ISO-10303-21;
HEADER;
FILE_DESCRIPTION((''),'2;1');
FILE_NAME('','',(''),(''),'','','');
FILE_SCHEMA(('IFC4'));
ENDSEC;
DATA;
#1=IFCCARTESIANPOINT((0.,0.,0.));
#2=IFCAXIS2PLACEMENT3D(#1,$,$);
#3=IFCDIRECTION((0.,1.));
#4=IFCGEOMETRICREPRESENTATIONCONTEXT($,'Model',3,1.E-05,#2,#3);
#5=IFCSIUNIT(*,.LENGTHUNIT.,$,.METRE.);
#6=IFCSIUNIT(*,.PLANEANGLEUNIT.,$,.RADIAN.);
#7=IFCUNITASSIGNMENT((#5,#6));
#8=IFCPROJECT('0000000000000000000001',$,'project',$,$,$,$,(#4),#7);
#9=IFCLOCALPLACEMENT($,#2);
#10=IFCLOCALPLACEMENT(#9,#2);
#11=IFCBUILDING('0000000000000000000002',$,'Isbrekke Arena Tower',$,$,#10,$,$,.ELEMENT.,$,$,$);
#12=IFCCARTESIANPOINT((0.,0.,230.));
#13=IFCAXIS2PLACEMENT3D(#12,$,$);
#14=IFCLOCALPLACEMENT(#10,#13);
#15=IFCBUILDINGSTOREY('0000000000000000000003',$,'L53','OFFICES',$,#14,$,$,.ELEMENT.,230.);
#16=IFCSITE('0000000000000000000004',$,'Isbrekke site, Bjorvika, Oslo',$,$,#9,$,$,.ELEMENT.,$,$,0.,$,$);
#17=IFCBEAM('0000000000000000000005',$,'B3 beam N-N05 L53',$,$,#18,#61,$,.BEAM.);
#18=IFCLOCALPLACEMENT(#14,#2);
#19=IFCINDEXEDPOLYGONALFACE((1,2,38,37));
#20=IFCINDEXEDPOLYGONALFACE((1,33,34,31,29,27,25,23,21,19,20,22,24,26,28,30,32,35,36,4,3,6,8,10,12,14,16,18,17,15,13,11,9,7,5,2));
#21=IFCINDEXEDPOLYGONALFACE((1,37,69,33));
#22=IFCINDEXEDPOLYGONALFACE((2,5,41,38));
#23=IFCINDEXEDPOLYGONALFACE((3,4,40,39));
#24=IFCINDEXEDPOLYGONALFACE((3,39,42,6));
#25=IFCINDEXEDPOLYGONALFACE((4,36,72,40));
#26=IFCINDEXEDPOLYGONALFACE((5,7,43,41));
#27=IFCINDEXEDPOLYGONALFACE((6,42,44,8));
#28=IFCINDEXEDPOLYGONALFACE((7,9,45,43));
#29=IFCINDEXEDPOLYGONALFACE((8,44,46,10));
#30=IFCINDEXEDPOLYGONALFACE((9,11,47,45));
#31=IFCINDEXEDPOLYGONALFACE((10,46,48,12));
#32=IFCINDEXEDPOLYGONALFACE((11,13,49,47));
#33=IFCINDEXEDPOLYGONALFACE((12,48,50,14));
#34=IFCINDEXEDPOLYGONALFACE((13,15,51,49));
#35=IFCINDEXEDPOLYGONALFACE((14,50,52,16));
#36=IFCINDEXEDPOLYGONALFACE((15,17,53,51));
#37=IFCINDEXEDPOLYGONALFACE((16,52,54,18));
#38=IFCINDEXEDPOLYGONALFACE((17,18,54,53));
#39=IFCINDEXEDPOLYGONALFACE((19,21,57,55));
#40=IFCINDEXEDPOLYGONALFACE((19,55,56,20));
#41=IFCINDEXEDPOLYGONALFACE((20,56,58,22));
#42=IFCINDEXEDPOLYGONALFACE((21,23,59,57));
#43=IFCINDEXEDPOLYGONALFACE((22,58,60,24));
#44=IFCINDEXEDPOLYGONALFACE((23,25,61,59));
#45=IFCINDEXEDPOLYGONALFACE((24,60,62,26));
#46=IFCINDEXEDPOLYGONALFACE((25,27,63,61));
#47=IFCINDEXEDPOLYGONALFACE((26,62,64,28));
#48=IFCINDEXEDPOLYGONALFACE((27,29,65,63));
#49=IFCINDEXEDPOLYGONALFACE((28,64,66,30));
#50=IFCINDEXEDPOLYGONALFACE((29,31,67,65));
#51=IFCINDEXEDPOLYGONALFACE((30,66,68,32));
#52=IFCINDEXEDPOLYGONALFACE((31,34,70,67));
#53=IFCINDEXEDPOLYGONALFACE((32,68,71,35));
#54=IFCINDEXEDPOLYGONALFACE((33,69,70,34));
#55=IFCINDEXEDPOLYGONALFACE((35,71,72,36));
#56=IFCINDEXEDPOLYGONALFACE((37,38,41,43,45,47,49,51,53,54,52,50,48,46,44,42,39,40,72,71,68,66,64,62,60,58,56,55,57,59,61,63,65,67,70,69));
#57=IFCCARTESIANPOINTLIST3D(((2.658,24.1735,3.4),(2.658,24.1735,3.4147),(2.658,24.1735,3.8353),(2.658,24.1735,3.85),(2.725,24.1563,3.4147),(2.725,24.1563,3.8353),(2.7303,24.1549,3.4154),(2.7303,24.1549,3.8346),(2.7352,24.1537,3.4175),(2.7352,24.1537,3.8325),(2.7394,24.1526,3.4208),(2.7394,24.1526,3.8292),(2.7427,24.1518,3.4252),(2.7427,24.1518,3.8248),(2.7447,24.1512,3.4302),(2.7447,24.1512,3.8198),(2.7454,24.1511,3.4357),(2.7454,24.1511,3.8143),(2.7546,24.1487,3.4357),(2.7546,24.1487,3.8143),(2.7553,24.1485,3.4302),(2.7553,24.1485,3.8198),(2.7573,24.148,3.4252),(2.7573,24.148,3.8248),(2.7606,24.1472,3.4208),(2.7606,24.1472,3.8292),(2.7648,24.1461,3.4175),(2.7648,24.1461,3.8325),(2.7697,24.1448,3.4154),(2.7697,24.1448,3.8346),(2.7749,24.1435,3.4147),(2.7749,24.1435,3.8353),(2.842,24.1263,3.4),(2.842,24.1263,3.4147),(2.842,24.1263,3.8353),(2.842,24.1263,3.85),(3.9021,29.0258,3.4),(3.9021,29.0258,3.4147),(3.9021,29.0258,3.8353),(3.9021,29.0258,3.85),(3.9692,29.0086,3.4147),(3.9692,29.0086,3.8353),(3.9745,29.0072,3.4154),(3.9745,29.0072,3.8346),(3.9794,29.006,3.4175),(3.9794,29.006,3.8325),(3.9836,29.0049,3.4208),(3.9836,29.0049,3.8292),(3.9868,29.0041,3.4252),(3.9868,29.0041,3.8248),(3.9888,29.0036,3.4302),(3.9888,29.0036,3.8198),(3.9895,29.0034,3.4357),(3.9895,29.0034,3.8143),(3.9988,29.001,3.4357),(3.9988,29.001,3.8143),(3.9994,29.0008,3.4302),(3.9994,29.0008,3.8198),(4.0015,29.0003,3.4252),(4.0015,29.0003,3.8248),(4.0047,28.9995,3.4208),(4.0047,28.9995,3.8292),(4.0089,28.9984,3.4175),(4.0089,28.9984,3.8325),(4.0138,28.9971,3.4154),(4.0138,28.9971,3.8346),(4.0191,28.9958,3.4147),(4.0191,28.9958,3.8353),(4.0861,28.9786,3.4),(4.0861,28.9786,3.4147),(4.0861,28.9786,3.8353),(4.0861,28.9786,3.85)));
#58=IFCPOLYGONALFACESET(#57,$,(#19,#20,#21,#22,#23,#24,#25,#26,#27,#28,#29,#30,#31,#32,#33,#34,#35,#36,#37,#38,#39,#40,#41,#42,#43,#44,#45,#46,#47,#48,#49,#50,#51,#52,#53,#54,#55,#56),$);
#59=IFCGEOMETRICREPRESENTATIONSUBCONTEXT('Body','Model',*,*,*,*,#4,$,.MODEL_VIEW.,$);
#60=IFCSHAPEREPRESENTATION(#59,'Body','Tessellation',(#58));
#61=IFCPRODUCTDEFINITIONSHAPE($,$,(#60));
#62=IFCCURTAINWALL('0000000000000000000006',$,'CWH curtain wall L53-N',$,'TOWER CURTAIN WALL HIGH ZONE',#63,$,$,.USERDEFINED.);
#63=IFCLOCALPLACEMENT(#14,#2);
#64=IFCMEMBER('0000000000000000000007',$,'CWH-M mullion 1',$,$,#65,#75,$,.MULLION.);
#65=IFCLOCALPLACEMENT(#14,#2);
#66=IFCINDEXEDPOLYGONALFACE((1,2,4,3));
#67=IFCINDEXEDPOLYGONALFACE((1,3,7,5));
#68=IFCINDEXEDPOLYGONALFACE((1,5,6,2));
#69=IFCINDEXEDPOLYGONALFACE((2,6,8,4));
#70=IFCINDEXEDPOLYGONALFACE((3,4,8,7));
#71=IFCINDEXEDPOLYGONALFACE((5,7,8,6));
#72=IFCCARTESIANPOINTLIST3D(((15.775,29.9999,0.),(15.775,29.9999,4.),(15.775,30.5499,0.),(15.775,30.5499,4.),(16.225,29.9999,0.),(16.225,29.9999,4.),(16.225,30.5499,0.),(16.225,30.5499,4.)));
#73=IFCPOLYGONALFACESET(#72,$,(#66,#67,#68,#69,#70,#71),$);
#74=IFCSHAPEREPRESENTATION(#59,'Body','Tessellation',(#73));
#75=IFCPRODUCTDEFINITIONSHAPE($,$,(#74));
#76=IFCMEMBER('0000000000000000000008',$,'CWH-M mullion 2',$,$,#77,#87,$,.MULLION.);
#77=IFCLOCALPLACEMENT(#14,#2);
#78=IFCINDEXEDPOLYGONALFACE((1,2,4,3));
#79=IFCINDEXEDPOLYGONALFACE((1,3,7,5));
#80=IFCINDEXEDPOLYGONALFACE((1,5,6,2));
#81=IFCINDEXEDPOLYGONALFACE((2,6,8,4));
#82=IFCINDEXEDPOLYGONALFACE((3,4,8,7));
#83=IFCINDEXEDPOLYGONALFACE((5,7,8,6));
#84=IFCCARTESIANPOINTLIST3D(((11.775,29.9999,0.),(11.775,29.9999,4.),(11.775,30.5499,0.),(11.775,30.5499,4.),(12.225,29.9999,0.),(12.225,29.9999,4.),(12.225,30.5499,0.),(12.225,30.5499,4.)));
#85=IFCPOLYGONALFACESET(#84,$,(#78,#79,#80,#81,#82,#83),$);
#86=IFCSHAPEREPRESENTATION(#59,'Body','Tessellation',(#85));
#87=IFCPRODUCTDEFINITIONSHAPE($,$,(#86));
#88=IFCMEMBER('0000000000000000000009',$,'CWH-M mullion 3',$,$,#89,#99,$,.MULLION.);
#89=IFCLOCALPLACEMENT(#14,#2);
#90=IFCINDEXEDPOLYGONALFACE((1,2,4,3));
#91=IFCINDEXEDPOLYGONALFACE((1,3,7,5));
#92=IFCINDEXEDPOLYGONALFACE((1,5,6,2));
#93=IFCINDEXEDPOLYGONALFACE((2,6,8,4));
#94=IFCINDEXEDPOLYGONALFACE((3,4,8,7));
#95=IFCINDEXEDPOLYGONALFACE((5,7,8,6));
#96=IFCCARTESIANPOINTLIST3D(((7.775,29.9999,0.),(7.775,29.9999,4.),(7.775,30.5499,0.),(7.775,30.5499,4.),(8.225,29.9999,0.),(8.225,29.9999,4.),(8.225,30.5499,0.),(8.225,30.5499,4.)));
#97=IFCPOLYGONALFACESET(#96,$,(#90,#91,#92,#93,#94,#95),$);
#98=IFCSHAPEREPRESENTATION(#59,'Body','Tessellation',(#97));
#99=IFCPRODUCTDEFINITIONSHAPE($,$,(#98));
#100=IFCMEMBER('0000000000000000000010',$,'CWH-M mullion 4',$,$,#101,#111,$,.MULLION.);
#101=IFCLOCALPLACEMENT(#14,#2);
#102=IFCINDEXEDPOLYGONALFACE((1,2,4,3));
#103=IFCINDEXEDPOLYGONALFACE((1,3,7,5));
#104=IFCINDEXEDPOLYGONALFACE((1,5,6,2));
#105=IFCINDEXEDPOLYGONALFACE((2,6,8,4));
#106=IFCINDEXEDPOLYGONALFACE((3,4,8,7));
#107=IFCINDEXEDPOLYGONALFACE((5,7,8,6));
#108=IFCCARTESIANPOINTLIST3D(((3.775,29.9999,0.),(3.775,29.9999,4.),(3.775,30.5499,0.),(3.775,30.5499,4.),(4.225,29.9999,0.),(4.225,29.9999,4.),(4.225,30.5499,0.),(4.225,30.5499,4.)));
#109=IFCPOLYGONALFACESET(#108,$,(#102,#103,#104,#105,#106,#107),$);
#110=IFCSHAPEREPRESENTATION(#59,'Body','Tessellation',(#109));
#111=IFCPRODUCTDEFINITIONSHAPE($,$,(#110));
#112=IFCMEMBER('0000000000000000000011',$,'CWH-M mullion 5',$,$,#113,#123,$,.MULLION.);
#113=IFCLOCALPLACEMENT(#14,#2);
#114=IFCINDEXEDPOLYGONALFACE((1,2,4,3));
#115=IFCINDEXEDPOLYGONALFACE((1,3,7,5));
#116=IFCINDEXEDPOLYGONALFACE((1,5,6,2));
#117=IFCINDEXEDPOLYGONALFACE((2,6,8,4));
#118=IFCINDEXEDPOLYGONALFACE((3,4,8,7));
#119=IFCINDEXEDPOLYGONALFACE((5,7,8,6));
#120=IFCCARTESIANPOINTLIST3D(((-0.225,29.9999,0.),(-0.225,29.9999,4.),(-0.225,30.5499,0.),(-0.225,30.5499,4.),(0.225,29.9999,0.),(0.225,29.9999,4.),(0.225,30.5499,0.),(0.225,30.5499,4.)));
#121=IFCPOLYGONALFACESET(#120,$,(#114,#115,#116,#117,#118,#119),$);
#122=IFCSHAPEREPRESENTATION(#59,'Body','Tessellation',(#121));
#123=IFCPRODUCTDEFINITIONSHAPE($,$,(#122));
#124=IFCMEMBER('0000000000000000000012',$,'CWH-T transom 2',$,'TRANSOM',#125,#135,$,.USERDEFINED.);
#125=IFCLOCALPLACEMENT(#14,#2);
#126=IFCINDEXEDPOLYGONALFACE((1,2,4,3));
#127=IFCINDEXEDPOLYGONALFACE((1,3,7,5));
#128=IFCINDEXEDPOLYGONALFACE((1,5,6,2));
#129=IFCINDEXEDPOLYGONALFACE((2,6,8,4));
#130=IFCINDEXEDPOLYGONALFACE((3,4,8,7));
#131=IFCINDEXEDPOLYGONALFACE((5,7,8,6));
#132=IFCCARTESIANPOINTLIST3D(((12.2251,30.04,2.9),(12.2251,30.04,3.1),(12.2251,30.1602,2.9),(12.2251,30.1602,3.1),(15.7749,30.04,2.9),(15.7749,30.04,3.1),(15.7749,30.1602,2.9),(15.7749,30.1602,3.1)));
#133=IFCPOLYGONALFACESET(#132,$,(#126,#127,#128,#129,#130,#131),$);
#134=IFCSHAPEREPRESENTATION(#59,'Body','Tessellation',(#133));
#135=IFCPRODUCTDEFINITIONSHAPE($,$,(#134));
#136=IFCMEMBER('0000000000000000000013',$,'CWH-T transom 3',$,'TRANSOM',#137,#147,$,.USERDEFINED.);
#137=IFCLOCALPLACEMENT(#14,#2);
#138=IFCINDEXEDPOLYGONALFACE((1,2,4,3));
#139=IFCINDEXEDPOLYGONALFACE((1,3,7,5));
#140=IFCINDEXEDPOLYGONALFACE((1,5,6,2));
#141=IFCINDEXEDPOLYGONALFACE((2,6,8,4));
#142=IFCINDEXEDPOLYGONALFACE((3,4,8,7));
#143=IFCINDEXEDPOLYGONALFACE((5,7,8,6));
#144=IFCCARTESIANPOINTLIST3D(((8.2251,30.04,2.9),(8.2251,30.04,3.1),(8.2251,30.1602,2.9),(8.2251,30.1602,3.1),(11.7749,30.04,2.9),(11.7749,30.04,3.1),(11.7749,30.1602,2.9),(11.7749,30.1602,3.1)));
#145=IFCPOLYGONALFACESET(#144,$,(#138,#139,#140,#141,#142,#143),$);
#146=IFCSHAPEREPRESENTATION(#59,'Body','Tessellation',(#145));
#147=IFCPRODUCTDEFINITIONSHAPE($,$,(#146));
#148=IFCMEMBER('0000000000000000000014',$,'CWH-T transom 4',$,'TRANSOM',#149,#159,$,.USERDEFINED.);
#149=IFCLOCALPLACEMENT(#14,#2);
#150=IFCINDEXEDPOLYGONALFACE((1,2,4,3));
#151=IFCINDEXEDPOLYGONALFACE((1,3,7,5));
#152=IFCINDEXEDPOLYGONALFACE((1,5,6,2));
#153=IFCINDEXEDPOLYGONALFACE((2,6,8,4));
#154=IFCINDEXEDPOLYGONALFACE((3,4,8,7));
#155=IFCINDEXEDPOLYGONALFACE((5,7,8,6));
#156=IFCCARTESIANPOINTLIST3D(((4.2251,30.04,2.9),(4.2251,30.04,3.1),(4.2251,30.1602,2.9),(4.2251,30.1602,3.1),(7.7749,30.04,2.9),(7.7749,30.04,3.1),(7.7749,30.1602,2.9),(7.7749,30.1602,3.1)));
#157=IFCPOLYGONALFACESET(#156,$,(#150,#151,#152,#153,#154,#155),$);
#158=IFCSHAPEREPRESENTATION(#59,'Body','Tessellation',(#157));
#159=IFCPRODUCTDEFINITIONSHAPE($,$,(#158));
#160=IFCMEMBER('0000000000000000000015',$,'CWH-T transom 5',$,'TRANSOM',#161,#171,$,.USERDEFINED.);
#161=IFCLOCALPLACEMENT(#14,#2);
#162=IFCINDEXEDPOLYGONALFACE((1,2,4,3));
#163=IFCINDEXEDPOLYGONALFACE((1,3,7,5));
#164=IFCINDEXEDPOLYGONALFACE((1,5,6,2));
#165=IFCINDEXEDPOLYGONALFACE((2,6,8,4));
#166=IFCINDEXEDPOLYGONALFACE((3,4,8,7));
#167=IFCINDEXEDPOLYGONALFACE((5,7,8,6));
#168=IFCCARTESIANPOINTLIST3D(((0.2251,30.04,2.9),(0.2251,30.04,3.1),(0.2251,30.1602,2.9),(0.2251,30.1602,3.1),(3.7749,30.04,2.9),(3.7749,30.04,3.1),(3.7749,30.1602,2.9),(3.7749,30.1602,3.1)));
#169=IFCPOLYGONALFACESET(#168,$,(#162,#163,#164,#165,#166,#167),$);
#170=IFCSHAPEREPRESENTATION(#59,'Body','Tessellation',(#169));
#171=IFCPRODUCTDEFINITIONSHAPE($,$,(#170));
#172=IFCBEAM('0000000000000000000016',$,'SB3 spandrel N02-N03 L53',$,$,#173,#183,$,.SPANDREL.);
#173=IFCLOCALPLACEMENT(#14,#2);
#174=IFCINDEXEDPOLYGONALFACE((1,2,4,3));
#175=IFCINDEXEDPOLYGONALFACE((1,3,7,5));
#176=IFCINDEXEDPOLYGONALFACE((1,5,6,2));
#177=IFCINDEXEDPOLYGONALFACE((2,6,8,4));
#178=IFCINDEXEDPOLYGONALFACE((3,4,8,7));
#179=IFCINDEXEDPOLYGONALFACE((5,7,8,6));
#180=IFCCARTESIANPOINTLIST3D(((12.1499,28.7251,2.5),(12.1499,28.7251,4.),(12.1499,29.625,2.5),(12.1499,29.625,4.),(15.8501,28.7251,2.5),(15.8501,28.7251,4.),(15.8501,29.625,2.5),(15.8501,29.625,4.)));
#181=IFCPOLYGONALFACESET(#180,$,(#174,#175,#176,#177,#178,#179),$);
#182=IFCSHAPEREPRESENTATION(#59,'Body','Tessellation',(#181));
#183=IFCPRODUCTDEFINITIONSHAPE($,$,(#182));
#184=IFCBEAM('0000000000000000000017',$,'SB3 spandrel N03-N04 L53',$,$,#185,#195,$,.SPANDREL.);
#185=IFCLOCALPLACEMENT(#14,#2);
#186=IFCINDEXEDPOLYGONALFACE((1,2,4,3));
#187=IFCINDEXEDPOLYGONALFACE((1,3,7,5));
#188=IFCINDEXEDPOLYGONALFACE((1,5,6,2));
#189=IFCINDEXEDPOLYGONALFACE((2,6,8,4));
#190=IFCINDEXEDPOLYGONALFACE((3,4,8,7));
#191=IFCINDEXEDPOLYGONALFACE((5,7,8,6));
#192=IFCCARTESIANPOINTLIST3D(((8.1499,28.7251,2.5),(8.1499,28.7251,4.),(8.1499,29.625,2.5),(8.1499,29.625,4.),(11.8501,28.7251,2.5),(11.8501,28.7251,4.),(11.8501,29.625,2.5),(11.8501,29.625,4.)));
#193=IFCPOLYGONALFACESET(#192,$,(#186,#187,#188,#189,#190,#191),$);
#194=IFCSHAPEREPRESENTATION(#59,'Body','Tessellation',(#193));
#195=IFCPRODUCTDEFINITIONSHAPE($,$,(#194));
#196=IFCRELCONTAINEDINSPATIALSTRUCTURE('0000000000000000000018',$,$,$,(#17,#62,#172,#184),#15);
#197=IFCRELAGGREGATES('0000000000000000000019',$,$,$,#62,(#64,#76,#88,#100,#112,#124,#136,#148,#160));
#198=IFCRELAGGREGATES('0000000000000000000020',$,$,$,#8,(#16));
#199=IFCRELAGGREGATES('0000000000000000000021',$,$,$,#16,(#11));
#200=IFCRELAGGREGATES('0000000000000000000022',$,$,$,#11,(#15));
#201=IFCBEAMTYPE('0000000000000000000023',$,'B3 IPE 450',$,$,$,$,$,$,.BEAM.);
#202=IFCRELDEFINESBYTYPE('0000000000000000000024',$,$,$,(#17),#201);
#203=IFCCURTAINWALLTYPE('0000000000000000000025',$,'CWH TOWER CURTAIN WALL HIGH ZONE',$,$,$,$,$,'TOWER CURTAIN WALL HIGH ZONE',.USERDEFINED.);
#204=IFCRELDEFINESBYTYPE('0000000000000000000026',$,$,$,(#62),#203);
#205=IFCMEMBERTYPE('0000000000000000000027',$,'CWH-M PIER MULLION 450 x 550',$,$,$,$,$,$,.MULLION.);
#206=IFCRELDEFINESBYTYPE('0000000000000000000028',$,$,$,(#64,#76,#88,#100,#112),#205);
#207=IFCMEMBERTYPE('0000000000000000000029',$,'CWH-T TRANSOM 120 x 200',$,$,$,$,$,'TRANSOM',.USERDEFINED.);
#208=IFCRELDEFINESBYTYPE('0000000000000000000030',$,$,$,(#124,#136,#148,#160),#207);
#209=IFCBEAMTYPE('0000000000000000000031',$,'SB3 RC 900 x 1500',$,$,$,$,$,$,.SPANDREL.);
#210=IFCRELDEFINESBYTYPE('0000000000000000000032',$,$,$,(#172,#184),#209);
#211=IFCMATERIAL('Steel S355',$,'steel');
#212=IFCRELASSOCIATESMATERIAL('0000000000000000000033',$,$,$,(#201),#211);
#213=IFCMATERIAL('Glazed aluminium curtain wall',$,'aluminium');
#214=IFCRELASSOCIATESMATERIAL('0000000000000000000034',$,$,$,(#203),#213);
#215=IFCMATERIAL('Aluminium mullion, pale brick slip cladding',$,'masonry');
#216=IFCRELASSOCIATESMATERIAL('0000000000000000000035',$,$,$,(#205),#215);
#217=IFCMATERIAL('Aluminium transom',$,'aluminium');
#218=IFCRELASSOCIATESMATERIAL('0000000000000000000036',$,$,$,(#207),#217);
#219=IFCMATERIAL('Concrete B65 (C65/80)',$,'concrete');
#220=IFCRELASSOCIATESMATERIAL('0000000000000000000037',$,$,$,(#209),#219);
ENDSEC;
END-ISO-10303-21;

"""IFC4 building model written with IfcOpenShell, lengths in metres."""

from ifc_helpers import new_model, si_unit, direction, frame, origin, origin_2d, place, context, subcontext, project, spatial, rectangle, i_section, extrude, material, material_profile, profile_set, type_object, element, aggregate, save


model = new_model("IFC4")

# Units and contexts
model_context = context("Model", 3, precision=1e-05, world=origin(), true_north=direction((0.0, 1.0)))
body_context = subcontext(model_context, "Body", "Model", "MODEL_VIEW")
ifc_project = project(units=[si_unit("LENGTHUNIT", "METRE"), si_unit("PLANEANGLEUNIT", "RADIAN")], contexts=[model_context])

# Site, building, storey
site_placement = place(None, origin())
site = spatial("IfcSite", under=ifc_project, at=site_placement, Name="Isbrekke site, Bjorvika, Oslo", CompositionType="ELEMENT", RefElevation=0.0)
building_placement = place(site_placement, origin())
building = spatial("IfcBuilding", under=site, at=building_placement, Name="Isbrekke Arena Tower", CompositionType="ELEMENT")
storey_placement = place(building_placement, frame((0.0, 0.0, 230.0)))
storey = spatial("IfcBuildingStorey", under=building, at=storey_placement, Name="L53", Description="OFFICES", CompositionType="ELEMENT", Elevation=230.0)

# Beam
ifc_material_1 = material(Name="Steel S355", Category="steel")
ifc_material_profile_1 = material_profile(ifc_material_1, i_section(OverallWidth=0.1899, OverallDepth=0.45, WebThickness=0.0095, FlangeThickness=0.0146, FilletRadius=0.021, at=origin_2d()), Name="IPE 450")
ifc_profile_set_1 = profile_set([ifc_material_profile_1], Name="Steel S355")
beam_type_1 = type_object("IfcBeamType", Name="B3 IPE 450", PredefinedType="BEAM", material=ifc_profile_set_1)
beam_1_placement = place(storey_placement, frame((3.9941, 29.0022, 3.625), z_axis=(-0.248368, -0.968666, 0.0), x_axis=(0.968666, -0.248368, 0.0)))
element("IfcBeam", 1, at=beam_1_placement, inside=storey, type_object=beam_type_1, Name="B3 beam N-N05 L53", PredefinedType="BEAM", context=body_context, shape_type="SweptSolid", body=[
    extrude(i_section(OverallWidth=0.1899, OverallDepth=0.45, WebThickness=0.0095, FlangeThickness=0.0146, FilletRadius=0.021, at=origin_2d()), origin(), (0.0, 0.0, 1.0), 5.0093),
])

# Curtain wall, members
ifc_material_2 = material(Name="Glazed aluminium curtain wall", Category="aluminium")
curtain_wall_type = type_object("IfcCurtainWallType", Name="CWH TOWER CURTAIN WALL HIGH ZONE", ElementType="TOWER CURTAIN WALL HIGH ZONE", PredefinedType="USERDEFINED", material=ifc_material_2)
curtain_wall_placement = place(storey_placement, origin())
curtain_wall = element("IfcCurtainWall", 2, at=curtain_wall_placement, inside=storey, type_object=curtain_wall_type, Name="CWH curtain wall L53-N", ObjectType="TOWER CURTAIN WALL HIGH ZONE", PredefinedType="USERDEFINED")
ifc_material_3 = material(Name="Aluminium mullion, pale brick slip cladding", Category="masonry")
ifc_material_profile_2 = material_profile(ifc_material_3, rectangle(XDim=0.45, YDim=0.55, at=origin_2d()), Name="PIER 450X550")
ifc_profile_set_2 = profile_set([ifc_material_profile_2], Name="Aluminium mullion, pale brick slip cladding")
member_type_1 = type_object("IfcMemberType", Name="CWH-M PIER MULLION 450 x 550", PredefinedType="MULLION", material=ifc_profile_set_2)
member_1_placement = place(storey_placement, frame((16.0, 30.2749, 0.0), z_axis=(0.0, 0.0, 1.0), x_axis=(-1.0, 0.0, 0.0)))
member_1 = element("IfcMember", 3, at=member_1_placement, type_object=member_type_1, Name="CWH-M mullion 1", PredefinedType="MULLION", context=body_context, shape_type="SweptSolid", body=[
    extrude(rectangle(XDim=0.45, YDim=0.55, at=origin_2d()), origin(), (0.0, 0.0, 1.0), 4.0),
])
member_2_placement = place(storey_placement, frame((12.0, 30.2749, 0.0), z_axis=(0.0, 0.0, 1.0), x_axis=(-1.0, 0.0, 0.0)))
member_2 = element("IfcMember", 4, at=member_2_placement, type_object=member_type_1, Name="CWH-M mullion 2", PredefinedType="MULLION", context=body_context, shape_type="SweptSolid", body=[
    extrude(rectangle(XDim=0.45, YDim=0.55, at=origin_2d()), origin(), (0.0, 0.0, 1.0), 4.0),
])
member_3_placement = place(storey_placement, frame((8.0, 30.2749, 0.0), z_axis=(0.0, 0.0, 1.0), x_axis=(-1.0, 0.0, 0.0)))
member_3 = element("IfcMember", 5, at=member_3_placement, type_object=member_type_1, Name="CWH-M mullion 3", PredefinedType="MULLION", context=body_context, shape_type="SweptSolid", body=[
    extrude(rectangle(XDim=0.45, YDim=0.55, at=origin_2d()), origin(), (0.0, 0.0, 1.0), 4.0),
])
member_4_placement = place(storey_placement, frame((4.0, 30.2749, 0.0), z_axis=(0.0, 0.0, 1.0), x_axis=(-1.0, 0.0, 0.0)))
member_4 = element("IfcMember", 6, at=member_4_placement, type_object=member_type_1, Name="CWH-M mullion 4", PredefinedType="MULLION", context=body_context, shape_type="SweptSolid", body=[
    extrude(rectangle(XDim=0.45, YDim=0.55, at=origin_2d()), origin(), (0.0, 0.0, 1.0), 4.0),
])
member_5_placement = place(storey_placement, frame((0.0, 30.2749, 0.0), z_axis=(0.0, 0.0, 1.0), x_axis=(-1.0, 0.0, 0.0)))
member_5 = element("IfcMember", 7, at=member_5_placement, type_object=member_type_1, Name="CWH-M mullion 5", PredefinedType="MULLION", context=body_context, shape_type="SweptSolid", body=[
    extrude(rectangle(XDim=0.45, YDim=0.55, at=origin_2d()), origin(), (0.0, 0.0, 1.0), 4.0),
])
ifc_material_4 = material(Name="Aluminium transom", Category="aluminium")
ifc_material_profile_3 = material_profile(ifc_material_4, rectangle(XDim=0.1201, YDim=0.2, at=origin_2d()), Name="TRANSOM 120X200")
ifc_profile_set_3 = profile_set([ifc_material_profile_3], Name="Aluminium transom")
member_type_2 = type_object("IfcMemberType", Name="CWH-T TRANSOM 120 x 200", ElementType="TRANSOM", PredefinedType="USERDEFINED", material=ifc_profile_set_3)
member_6_placement = place(storey_placement, frame((15.7749, 30.1001, 3.0), z_axis=(-1.0, 0.0, 0.0), x_axis=(0.0, -1.0, 0.0)))
member_6 = element("IfcMember", 8, at=member_6_placement, type_object=member_type_2, Name="CWH-T transom 2", ObjectType="TRANSOM", PredefinedType="USERDEFINED", context=body_context, shape_type="SweptSolid", body=[
    extrude(rectangle(XDim=0.1201, YDim=0.2, at=origin_2d()), origin(), (0.0, 0.0, 1.0), 3.5498),
])
member_7_placement = place(storey_placement, frame((11.7749, 30.1001, 3.0), z_axis=(-1.0, 0.0, 0.0), x_axis=(0.0, -1.0, 0.0)))
member_7 = element("IfcMember", 9, at=member_7_placement, type_object=member_type_2, Name="CWH-T transom 3", ObjectType="TRANSOM", PredefinedType="USERDEFINED", context=body_context, shape_type="SweptSolid", body=[
    extrude(rectangle(XDim=0.1201, YDim=0.2, at=origin_2d()), origin(), (0.0, 0.0, 1.0), 3.5498),
])
member_8_placement = place(storey_placement, frame((7.7749, 30.1001, 3.0), z_axis=(-1.0, 0.0, 0.0), x_axis=(0.0, -1.0, 0.0)))
member_8 = element("IfcMember", 10, at=member_8_placement, type_object=member_type_2, Name="CWH-T transom 4", ObjectType="TRANSOM", PredefinedType="USERDEFINED", context=body_context, shape_type="SweptSolid", body=[
    extrude(rectangle(XDim=0.1201, YDim=0.2, at=origin_2d()), origin(), (0.0, 0.0, 1.0), 3.5498),
])
member_9_placement = place(storey_placement, frame((3.7749, 30.1001, 3.0), z_axis=(-1.0, 0.0, 0.0), x_axis=(0.0, -1.0, 0.0)))
member_9 = element("IfcMember", 11, at=member_9_placement, type_object=member_type_2, Name="CWH-T transom 5", ObjectType="TRANSOM", PredefinedType="USERDEFINED", context=body_context, shape_type="SweptSolid", body=[
    extrude(rectangle(XDim=0.1201, YDim=0.2, at=origin_2d()), origin(), (0.0, 0.0, 1.0), 3.5498),
])

# Beams
ifc_material_5 = material(Name="Concrete B65 (C65/80)", Category="concrete")
ifc_material_profile_4 = material_profile(ifc_material_5, rectangle(XDim=0.8999, YDim=1.5, at=origin_2d()), Name="RC 900x1500")
ifc_profile_set_4 = profile_set([ifc_material_profile_4], Name="Concrete B65 (C65/80)")
beam_type_2 = type_object("IfcBeamType", Name="SB3 RC 900 x 1500", PredefinedType="SPANDREL", material=ifc_profile_set_4)
for number, where, z_axis, x_axis, name in (
    (12, (15.8501, 29.175, 3.25), (-1.0, 0.0, 0.0), (0.0, -1.0, 0.0), "SB3 spandrel N02-N03 L53"),
    (13, (11.8501, 29.175, 3.25), (-1.0, 0.0, 0.0), (0.0, -1.0, 0.0), "SB3 spandrel N03-N04 L53"),
):
    element("IfcBeam", number, at=place(storey_placement, frame(where, z_axis=z_axis, x_axis=x_axis)), inside=storey, type_object=beam_type_2, Name=name, PredefinedType="SPANDREL", context=body_context, shape_type="SweptSolid", body=[
        extrude(rectangle(XDim=0.8999, YDim=1.5, at=origin_2d()), origin(), (0.0, 0.0, 1.0), 3.7002),
    ])

aggregate(curtain_wall, [member_1, member_2, member_3, member_4, member_5, member_6, member_7, member_8, member_9])

save(model, "model.ifc")
